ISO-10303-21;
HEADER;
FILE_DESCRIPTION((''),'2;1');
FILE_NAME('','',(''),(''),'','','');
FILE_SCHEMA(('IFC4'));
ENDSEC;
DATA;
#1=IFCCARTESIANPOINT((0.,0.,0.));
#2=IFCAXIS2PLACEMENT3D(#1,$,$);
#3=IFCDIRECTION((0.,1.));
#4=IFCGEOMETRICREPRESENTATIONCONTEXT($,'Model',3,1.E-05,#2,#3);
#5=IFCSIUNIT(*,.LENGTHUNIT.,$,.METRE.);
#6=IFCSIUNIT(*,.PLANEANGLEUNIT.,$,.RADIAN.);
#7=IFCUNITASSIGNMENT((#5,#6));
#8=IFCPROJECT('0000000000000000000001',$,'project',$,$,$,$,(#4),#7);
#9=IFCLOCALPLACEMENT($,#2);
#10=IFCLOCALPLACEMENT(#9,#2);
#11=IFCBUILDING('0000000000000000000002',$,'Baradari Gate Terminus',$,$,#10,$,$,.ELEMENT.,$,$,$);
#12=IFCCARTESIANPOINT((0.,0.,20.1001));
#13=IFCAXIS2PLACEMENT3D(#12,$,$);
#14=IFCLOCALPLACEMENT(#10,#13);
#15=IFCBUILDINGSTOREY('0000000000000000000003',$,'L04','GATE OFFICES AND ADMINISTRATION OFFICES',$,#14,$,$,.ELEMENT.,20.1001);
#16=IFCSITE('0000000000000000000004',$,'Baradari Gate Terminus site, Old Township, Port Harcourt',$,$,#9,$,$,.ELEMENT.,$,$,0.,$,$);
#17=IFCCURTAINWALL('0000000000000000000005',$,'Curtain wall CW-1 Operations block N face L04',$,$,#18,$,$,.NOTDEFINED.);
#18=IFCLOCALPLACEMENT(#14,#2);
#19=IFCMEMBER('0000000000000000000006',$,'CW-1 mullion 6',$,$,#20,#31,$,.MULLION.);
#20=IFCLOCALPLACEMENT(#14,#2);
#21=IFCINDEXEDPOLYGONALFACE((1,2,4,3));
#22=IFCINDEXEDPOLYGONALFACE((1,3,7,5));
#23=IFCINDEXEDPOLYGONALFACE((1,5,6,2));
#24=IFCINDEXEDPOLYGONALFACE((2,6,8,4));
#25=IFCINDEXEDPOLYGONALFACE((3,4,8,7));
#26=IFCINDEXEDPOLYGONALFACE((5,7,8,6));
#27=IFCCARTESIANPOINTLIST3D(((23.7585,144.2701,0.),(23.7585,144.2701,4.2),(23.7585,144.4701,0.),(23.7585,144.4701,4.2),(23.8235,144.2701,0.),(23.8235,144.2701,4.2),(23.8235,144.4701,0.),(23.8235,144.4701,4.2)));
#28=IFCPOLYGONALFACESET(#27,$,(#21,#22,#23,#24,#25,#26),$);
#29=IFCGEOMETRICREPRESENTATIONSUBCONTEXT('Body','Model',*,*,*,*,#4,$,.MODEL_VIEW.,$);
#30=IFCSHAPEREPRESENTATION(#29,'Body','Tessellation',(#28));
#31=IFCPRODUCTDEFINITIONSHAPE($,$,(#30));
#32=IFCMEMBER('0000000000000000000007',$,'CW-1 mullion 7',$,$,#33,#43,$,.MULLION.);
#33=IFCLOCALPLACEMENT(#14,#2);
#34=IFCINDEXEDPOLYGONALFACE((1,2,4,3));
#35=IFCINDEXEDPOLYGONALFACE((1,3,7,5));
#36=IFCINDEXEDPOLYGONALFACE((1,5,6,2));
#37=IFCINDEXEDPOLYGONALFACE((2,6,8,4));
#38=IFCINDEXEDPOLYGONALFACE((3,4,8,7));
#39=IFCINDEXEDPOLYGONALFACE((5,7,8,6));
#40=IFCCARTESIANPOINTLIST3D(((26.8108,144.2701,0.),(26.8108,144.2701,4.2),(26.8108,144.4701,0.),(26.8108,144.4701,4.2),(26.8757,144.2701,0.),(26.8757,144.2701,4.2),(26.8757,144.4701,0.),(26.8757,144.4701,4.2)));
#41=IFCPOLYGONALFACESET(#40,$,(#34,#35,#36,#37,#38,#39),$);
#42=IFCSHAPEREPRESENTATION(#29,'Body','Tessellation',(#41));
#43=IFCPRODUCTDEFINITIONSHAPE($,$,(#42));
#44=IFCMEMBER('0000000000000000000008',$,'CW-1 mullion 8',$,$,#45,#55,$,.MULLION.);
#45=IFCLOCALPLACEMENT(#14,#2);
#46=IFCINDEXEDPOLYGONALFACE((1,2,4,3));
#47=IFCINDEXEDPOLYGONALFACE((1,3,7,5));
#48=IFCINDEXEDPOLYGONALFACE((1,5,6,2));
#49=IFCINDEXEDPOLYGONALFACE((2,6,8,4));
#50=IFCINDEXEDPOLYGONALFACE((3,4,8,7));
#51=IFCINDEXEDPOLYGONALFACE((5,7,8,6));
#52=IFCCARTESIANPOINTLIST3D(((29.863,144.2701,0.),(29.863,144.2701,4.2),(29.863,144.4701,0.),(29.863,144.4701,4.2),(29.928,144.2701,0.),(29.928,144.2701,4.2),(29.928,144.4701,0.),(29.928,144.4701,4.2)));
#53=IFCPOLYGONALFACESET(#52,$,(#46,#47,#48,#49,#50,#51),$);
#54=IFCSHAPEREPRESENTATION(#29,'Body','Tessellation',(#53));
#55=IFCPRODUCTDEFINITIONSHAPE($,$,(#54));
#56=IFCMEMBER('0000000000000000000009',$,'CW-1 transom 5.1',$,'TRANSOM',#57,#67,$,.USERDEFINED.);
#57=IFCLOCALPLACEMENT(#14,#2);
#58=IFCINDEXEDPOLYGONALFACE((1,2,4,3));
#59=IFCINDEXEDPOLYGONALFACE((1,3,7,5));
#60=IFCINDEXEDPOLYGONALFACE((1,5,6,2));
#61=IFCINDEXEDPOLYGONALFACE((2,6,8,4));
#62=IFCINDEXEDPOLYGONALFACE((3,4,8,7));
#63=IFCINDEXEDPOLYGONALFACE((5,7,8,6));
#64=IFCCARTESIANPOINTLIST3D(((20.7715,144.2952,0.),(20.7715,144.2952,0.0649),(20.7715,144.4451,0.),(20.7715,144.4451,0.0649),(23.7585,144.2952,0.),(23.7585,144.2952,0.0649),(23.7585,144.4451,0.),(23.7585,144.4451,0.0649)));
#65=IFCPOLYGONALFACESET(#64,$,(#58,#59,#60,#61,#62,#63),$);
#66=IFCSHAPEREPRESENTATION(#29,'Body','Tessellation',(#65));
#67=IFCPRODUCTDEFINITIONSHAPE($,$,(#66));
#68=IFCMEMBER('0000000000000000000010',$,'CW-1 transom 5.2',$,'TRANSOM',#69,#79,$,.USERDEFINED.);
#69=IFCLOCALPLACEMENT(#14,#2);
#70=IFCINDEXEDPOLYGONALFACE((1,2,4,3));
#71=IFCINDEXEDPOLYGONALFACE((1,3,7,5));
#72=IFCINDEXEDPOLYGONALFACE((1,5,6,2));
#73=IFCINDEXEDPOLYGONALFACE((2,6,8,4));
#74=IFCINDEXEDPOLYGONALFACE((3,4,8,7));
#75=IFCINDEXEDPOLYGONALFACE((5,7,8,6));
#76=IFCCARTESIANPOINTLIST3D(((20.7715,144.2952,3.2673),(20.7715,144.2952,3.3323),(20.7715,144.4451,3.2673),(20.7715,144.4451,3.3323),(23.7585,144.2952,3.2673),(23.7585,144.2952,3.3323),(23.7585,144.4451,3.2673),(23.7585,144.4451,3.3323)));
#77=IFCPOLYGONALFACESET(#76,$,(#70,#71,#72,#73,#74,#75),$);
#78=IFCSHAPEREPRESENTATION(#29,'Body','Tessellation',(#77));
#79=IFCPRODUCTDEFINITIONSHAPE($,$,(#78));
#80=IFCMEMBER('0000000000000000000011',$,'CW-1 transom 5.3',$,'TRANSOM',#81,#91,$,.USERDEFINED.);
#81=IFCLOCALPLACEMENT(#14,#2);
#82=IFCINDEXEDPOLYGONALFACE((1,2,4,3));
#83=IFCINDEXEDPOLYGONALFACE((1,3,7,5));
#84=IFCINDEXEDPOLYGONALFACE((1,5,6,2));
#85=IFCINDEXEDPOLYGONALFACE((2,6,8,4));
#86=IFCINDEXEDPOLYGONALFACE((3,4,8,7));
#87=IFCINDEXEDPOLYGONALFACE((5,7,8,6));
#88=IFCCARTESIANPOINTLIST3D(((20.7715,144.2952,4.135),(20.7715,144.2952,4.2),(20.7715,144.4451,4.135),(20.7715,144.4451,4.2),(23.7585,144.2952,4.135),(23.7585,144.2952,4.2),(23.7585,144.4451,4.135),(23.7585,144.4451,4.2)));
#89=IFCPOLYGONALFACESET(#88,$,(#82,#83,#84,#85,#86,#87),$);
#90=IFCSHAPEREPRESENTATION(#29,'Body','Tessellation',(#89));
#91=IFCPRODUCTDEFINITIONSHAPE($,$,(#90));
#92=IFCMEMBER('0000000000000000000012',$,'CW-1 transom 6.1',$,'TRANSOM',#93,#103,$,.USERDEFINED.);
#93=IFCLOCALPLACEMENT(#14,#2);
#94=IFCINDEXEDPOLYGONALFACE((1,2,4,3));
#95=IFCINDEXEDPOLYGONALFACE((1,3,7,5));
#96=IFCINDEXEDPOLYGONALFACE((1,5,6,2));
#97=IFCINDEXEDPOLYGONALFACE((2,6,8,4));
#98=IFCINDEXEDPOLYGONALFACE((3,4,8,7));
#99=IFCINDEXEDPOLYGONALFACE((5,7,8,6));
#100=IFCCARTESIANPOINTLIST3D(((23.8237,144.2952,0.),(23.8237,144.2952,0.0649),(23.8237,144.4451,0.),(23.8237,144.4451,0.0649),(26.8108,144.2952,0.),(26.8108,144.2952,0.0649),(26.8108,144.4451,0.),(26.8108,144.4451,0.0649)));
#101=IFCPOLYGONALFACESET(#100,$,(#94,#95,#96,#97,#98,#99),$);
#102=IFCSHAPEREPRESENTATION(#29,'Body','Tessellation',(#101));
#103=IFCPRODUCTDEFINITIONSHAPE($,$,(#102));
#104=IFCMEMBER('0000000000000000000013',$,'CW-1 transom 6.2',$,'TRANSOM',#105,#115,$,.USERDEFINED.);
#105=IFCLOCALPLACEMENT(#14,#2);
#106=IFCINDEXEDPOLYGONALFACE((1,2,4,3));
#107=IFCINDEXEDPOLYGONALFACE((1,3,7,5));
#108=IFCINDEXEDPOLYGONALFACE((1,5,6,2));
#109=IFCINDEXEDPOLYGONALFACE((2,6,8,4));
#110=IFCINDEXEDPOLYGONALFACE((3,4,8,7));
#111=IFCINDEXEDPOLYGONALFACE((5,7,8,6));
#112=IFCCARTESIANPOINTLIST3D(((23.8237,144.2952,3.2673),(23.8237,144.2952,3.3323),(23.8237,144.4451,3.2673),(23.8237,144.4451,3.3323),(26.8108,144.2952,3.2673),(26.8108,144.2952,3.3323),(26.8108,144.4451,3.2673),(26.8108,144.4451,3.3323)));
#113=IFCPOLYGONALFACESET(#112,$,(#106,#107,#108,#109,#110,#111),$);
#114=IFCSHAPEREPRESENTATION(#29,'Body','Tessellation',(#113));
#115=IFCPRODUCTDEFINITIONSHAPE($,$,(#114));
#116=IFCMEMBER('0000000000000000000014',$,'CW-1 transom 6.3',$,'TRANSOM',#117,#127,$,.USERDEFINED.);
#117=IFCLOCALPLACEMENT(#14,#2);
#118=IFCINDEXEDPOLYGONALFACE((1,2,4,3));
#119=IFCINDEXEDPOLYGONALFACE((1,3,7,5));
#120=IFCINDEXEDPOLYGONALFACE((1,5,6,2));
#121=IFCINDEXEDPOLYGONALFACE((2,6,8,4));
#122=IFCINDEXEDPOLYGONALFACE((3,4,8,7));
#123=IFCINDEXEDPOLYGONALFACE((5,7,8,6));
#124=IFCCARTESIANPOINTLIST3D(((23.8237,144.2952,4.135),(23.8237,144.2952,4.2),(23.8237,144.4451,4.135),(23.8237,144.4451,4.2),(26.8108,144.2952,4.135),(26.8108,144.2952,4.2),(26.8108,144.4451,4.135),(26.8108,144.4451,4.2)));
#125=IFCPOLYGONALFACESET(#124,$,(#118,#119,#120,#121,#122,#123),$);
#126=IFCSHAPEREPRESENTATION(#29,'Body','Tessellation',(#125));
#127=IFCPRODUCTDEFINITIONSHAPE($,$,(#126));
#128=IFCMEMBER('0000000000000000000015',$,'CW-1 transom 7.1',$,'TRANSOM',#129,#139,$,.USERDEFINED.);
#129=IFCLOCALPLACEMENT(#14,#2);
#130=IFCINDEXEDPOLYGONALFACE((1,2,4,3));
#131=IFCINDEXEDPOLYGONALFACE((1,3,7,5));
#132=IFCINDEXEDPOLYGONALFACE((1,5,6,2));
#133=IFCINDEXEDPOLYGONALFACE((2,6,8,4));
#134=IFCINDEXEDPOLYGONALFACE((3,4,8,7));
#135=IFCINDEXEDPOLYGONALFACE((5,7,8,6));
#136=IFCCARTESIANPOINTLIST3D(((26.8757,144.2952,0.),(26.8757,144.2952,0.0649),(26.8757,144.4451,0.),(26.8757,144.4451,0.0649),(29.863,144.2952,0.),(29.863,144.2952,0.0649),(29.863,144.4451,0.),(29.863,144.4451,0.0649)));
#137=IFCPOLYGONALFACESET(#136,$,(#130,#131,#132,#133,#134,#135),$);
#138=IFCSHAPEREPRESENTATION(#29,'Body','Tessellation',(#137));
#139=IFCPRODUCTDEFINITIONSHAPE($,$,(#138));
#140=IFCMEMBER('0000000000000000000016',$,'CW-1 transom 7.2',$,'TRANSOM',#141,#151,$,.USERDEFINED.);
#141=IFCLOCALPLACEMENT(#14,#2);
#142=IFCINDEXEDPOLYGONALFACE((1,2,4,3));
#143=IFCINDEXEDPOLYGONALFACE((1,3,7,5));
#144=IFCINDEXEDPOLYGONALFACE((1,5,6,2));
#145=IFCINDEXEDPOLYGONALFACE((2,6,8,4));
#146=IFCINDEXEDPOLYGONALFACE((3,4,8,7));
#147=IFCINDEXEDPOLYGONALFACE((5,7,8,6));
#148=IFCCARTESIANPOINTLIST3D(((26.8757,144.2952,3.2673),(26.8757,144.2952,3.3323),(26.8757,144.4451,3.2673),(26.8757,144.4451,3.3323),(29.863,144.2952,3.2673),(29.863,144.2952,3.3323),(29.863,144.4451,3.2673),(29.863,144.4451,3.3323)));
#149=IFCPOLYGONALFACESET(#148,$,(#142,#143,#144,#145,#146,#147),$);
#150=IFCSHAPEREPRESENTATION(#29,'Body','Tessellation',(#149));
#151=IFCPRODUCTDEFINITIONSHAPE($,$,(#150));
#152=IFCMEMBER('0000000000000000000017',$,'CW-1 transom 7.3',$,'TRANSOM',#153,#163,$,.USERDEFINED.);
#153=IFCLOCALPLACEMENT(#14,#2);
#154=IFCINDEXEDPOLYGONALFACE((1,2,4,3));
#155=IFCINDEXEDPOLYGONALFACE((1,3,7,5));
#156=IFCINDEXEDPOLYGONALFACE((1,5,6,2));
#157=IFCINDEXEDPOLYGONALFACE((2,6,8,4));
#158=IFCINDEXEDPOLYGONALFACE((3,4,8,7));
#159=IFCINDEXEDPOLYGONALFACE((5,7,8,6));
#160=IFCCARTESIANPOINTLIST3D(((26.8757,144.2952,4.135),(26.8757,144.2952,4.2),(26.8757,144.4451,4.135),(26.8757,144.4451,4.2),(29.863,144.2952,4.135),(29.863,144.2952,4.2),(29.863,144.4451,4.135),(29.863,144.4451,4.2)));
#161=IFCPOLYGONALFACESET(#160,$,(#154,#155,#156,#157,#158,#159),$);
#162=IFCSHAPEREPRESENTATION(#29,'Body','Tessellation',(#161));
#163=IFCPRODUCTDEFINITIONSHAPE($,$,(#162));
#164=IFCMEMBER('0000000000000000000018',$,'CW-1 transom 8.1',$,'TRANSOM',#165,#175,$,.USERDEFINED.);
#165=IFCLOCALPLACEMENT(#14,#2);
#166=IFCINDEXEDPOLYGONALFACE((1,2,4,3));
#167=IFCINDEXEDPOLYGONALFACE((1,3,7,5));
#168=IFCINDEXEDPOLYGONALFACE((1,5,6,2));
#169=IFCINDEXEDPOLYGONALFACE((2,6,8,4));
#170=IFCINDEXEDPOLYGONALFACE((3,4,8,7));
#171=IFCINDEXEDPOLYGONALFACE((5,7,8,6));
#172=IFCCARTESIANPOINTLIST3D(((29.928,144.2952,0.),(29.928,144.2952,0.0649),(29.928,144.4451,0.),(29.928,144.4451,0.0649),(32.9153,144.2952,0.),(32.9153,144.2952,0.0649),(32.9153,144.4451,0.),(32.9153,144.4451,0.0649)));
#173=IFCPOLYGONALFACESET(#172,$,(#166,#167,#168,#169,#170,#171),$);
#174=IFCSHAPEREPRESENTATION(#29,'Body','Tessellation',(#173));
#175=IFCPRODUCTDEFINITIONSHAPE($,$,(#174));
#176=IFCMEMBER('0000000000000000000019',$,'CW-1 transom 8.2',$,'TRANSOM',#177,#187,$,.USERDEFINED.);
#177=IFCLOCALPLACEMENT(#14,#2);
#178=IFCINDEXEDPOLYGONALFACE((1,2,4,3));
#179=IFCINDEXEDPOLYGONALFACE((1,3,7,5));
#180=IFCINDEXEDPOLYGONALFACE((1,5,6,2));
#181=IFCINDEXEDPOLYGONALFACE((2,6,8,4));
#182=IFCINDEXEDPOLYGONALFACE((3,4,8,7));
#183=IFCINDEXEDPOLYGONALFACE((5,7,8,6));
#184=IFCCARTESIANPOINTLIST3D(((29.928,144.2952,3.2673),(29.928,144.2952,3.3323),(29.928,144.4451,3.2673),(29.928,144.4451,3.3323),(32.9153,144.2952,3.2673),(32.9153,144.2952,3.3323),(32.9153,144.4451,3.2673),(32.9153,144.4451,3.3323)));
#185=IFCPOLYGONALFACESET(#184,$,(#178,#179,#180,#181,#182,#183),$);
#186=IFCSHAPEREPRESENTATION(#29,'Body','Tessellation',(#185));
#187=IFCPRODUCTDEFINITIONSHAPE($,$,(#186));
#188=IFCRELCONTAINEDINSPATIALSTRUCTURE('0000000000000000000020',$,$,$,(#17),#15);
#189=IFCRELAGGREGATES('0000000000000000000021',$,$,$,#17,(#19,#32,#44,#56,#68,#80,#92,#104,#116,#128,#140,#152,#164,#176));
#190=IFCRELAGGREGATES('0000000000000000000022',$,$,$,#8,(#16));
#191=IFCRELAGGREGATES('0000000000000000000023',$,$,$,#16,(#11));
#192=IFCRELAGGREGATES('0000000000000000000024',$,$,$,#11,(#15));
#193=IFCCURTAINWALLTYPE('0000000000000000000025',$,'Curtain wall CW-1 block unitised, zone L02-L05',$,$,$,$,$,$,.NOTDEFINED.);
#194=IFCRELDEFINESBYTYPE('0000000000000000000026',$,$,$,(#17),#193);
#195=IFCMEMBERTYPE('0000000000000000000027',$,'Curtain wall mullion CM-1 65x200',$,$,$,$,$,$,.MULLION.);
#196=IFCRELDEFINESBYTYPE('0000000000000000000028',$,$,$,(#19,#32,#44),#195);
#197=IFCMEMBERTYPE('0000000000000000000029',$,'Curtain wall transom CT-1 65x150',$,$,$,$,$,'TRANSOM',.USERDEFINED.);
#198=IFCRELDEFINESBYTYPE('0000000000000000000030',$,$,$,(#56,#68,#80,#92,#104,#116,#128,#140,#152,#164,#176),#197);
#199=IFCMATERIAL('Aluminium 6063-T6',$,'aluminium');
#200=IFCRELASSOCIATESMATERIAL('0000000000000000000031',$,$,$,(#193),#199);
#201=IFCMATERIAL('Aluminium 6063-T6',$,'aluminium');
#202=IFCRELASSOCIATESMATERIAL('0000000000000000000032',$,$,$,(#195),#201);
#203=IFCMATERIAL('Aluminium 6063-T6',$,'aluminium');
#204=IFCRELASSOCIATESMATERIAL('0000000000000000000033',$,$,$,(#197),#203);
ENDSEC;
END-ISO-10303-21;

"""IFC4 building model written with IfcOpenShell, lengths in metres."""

from ifc_helpers import new_model, si_unit, direction, frame, origin, origin_2d, place, context, subcontext, project, spatial, rectangle, extrude, material, material_profile, profile_set, type_object, element, aggregate, save


model = new_model("IFC4")

# Units and contexts
model_context = context("Model", 3, precision=1e-05, world=origin(), true_north=direction((0.0, 1.0)))
body_context = subcontext(model_context, "Body", "Model", "MODEL_VIEW")
ifc_project = project(units=[si_unit("LENGTHUNIT", "METRE"), si_unit("PLANEANGLEUNIT", "RADIAN")], contexts=[model_context])

# Site, building, storey
site_placement = place(None, origin())
site = spatial("IfcSite", under=ifc_project, at=site_placement, Name="Baradari Gate Terminus site, Old Township, Port Harcourt", CompositionType="ELEMENT", RefElevation=0.0)
building_placement = place(site_placement, origin())
building = spatial("IfcBuilding", under=site, at=building_placement, Name="Baradari Gate Terminus", CompositionType="ELEMENT")
storey_placement = place(building_placement, frame((0.0, 0.0, 20.1001)))
storey = spatial("IfcBuildingStorey", under=building, at=storey_placement, Name="L04", Description="GATE OFFICES AND ADMINISTRATION OFFICES", CompositionType="ELEMENT", Elevation=20.1001)

# Curtain wall, members
ifc_material_1 = material(Name="Aluminium 6063-T6", Category="aluminium")
curtain_wall_type = type_object("IfcCurtainWallType", Name="Curtain wall CW-1 block unitised, zone L02-L05", PredefinedType="NOTDEFINED", material=ifc_material_1)
curtain_wall_placement = place(storey_placement, origin())
curtain_wall = element("IfcCurtainWall", 1, at=curtain_wall_placement, inside=storey, type_object=curtain_wall_type, Name="Curtain wall CW-1 Operations block N face L04", PredefinedType="NOTDEFINED")
ifc_material_2 = material(Name="Aluminium 6063-T6", Category="aluminium")
ifc_material_profile_1 = material_profile(ifc_material_2, rectangle(XDim=0.2, YDim=0.0649, at=origin_2d()), Name="CM-1 65X200")
ifc_profile_set_1 = profile_set([ifc_material_profile_1], Name="Aluminium 6063-T6")
member_type_1 = type_object("IfcMemberType", Name="Curtain wall mullion CM-1 65x200", PredefinedType="MULLION", material=ifc_profile_set_1)
member_1_placement = place(storey_placement, frame((23.791, 144.3701, 0.0), z_axis=(0.0, 0.0, 1.0), x_axis=(0.0, 1.0, 0.0)))
member_1 = element("IfcMember", 2, at=member_1_placement, type_object=member_type_1, Name="CW-1 mullion 6", PredefinedType="MULLION", context=body_context, shape_type="SweptSolid", body=[
    extrude(rectangle(XDim=0.2, YDim=0.0649, at=origin_2d()), origin(), (0.0, 0.0, 1.0), 4.2),
])
member_2_placement = place(storey_placement, frame((26.8433, 144.3701, 0.0), z_axis=(0.0, 0.0, 1.0), x_axis=(0.0, 1.0, 0.0)))
member_2 = element("IfcMember", 3, at=member_2_placement, type_object=member_type_1, Name="CW-1 mullion 7", PredefinedType="MULLION", context=body_context, shape_type="SweptSolid", body=[
    extrude(rectangle(XDim=0.2, YDim=0.0649, at=origin_2d()), origin(), (0.0, 0.0, 1.0), 4.2),
])
member_3_placement = place(storey_placement, frame((29.8955, 144.3701, 0.0), z_axis=(0.0, 0.0, 1.0), x_axis=(0.0, 1.0, 0.0)))
member_3 = element("IfcMember", 4, at=member_3_placement, type_object=member_type_1, Name="CW-1 mullion 8", PredefinedType="MULLION", context=body_context, shape_type="SweptSolid", body=[
    extrude(rectangle(XDim=0.2, YDim=0.0649, at=origin_2d()), origin(), (0.0, 0.0, 1.0), 4.2),
])
ifc_material_3 = material(Name="Aluminium 6063-T6", Category="aluminium")
ifc_material_profile_2 = material_profile(ifc_material_3, rectangle(XDim=0.1499, YDim=0.0649, at=origin_2d()), Name="CT-1 65X150")
ifc_profile_set_2 = profile_set([ifc_material_profile_2], Name="Aluminium 6063-T6")
member_type_2 = type_object("IfcMemberType", Name="Curtain wall transom CT-1 65x150", ElementType="TRANSOM", PredefinedType="USERDEFINED", material=ifc_profile_set_2)
member_4_placement = place(storey_placement, frame((20.7715, 144.3701, 0.0325), z_axis=(1.0, 0.0, 0.0), x_axis=(0.0, 1.0, 0.0)))
member_4 = element("IfcMember", 5, at=member_4_placement, type_object=member_type_2, Name="CW-1 transom 5.1", ObjectType="TRANSOM", PredefinedType="USERDEFINED", context=body_context, shape_type="SweptSolid", body=[
    extrude(rectangle(XDim=0.1499, YDim=0.0649, at=origin_2d()), origin(), (0.0, 0.0, 1.0), 2.9871),
])
member_5_placement = place(storey_placement, frame((20.7715, 144.3701, 3.2998), z_axis=(1.0, 0.0, 0.0), x_axis=(0.0, 1.0, 0.0)))
member_5 = element("IfcMember", 6, at=member_5_placement, type_object=member_type_2, Name="CW-1 transom 5.2", ObjectType="TRANSOM", PredefinedType="USERDEFINED", context=body_context, shape_type="SweptSolid", body=[
    extrude(rectangle(XDim=0.1499, YDim=0.0649, at=origin_2d()), origin(), (0.0, 0.0, 1.0), 2.9871),
])
member_6_placement = place(storey_placement, frame((20.7715, 144.3701, 4.1675), z_axis=(1.0, 0.0, 0.0), x_axis=(0.0, 1.0, 0.0)))
member_6 = element("IfcMember", 7, at=member_6_placement, type_object=member_type_2, Name="CW-1 transom 5.3", ObjectType="TRANSOM", PredefinedType="USERDEFINED", context=body_context, shape_type="SweptSolid", body=[
    extrude(rectangle(XDim=0.1499, YDim=0.0649, at=origin_2d()), origin(), (0.0, 0.0, 1.0), 2.9871),
])
member_7_placement = place(storey_placement, frame((23.8237, 144.3701, 0.0325), z_axis=(1.0, 0.0, 0.0), x_axis=(0.0, 1.0, 0.0)))
member_7 = element("IfcMember", 8, at=member_7_placement, type_object=member_type_2, Name="CW-1 transom 6.1", ObjectType="TRANSOM", PredefinedType="USERDEFINED", context=body_context, shape_type="SweptSolid", body=[
    extrude(rectangle(XDim=0.1499, YDim=0.0649, at=origin_2d()), origin(), (0.0, 0.0, 1.0), 2.9871),
])
member_8_placement = place(storey_placement, frame((23.8237, 144.3701, 3.2998), z_axis=(1.0, 0.0, 0.0), x_axis=(0.0, 1.0, 0.0)))
member_8 = element("IfcMember", 9, at=member_8_placement, type_object=member_type_2, Name="CW-1 transom 6.2", ObjectType="TRANSOM", PredefinedType="USERDEFINED", context=body_context, shape_type="SweptSolid", body=[
    extrude(rectangle(XDim=0.1499, YDim=0.0649, at=origin_2d()), origin(), (0.0, 0.0, 1.0), 2.9871),
])
member_9_placement = place(storey_placement, frame((23.8237, 144.3701, 4.1675), z_axis=(1.0, 0.0, 0.0), x_axis=(0.0, 1.0, 0.0)))
member_9 = element("IfcMember", 10, at=member_9_placement, type_object=member_type_2, Name="CW-1 transom 6.3", ObjectType="TRANSOM", PredefinedType="USERDEFINED", context=body_context, shape_type="SweptSolid", body=[
    extrude(rectangle(XDim=0.1499, YDim=0.0649, at=origin_2d()), origin(), (0.0, 0.0, 1.0), 2.9871),
])
member_10_placement = place(storey_placement, frame((26.8757, 144.3701, 0.0325), z_axis=(1.0, 0.0, 0.0), x_axis=(0.0, 1.0, 0.0)))
member_10 = element("IfcMember", 11, at=member_10_placement, type_object=member_type_2, Name="CW-1 transom 7.1", ObjectType="TRANSOM", PredefinedType="USERDEFINED", context=body_context, shape_type="SweptSolid", body=[
    extrude(rectangle(XDim=0.1499, YDim=0.0649, at=origin_2d()), origin(), (0.0, 0.0, 1.0), 2.9873),
])
member_11_placement = place(storey_placement, frame((26.8757, 144.3701, 3.2998), z_axis=(1.0, 0.0, 0.0), x_axis=(0.0, 1.0, 0.0)))
member_11 = element("IfcMember", 12, at=member_11_placement, type_object=member_type_2, Name="CW-1 transom 7.2", ObjectType="TRANSOM", PredefinedType="USERDEFINED", context=body_context, shape_type="SweptSolid", body=[
    extrude(rectangle(XDim=0.1499, YDim=0.0649, at=origin_2d()), origin(), (0.0, 0.0, 1.0), 2.9873),
])
member_12_placement = place(storey_placement, frame((26.8757, 144.3701, 4.1675), z_axis=(1.0, 0.0, 0.0), x_axis=(0.0, 1.0, 0.0)))
member_12 = element("IfcMember", 13, at=member_12_placement, type_object=member_type_2, Name="CW-1 transom 7.3", ObjectType="TRANSOM", PredefinedType="USERDEFINED", context=body_context, shape_type="SweptSolid", body=[
    extrude(rectangle(XDim=0.1499, YDim=0.0649, at=origin_2d()), origin(), (0.0, 0.0, 1.0), 2.9873),
])
member_13_placement = place(storey_placement, frame((29.928, 144.3701, 0.0325), z_axis=(1.0, 0.0, 0.0), x_axis=(0.0, 1.0, 0.0)))
member_13 = element("IfcMember", 14, at=member_13_placement, type_object=member_type_2, Name="CW-1 transom 8.1", ObjectType="TRANSOM", PredefinedType="USERDEFINED", context=body_context, shape_type="SweptSolid", body=[
    extrude(rectangle(XDim=0.1499, YDim=0.0649, at=origin_2d()), origin(), (0.0, 0.0, 1.0), 2.9873),
])
member_14_placement = place(storey_placement, frame((29.928, 144.3701, 3.2998), z_axis=(1.0, 0.0, 0.0), x_axis=(0.0, 1.0, 0.0)))
member_14 = element("IfcMember", 15, at=member_14_placement, type_object=member_type_2, Name="CW-1 transom 8.2", ObjectType="TRANSOM", PredefinedType="USERDEFINED", context=body_context, shape_type="SweptSolid", body=[
    extrude(rectangle(XDim=0.1499, YDim=0.0649, at=origin_2d()), origin(), (0.0, 0.0, 1.0), 2.9873),
])
aggregate(curtain_wall, [member_1, member_2, member_3, member_4, member_5, member_6, member_7, member_8, member_9, member_10, member_11, member_12, member_13, member_14])

save(model, "model.ifc")
